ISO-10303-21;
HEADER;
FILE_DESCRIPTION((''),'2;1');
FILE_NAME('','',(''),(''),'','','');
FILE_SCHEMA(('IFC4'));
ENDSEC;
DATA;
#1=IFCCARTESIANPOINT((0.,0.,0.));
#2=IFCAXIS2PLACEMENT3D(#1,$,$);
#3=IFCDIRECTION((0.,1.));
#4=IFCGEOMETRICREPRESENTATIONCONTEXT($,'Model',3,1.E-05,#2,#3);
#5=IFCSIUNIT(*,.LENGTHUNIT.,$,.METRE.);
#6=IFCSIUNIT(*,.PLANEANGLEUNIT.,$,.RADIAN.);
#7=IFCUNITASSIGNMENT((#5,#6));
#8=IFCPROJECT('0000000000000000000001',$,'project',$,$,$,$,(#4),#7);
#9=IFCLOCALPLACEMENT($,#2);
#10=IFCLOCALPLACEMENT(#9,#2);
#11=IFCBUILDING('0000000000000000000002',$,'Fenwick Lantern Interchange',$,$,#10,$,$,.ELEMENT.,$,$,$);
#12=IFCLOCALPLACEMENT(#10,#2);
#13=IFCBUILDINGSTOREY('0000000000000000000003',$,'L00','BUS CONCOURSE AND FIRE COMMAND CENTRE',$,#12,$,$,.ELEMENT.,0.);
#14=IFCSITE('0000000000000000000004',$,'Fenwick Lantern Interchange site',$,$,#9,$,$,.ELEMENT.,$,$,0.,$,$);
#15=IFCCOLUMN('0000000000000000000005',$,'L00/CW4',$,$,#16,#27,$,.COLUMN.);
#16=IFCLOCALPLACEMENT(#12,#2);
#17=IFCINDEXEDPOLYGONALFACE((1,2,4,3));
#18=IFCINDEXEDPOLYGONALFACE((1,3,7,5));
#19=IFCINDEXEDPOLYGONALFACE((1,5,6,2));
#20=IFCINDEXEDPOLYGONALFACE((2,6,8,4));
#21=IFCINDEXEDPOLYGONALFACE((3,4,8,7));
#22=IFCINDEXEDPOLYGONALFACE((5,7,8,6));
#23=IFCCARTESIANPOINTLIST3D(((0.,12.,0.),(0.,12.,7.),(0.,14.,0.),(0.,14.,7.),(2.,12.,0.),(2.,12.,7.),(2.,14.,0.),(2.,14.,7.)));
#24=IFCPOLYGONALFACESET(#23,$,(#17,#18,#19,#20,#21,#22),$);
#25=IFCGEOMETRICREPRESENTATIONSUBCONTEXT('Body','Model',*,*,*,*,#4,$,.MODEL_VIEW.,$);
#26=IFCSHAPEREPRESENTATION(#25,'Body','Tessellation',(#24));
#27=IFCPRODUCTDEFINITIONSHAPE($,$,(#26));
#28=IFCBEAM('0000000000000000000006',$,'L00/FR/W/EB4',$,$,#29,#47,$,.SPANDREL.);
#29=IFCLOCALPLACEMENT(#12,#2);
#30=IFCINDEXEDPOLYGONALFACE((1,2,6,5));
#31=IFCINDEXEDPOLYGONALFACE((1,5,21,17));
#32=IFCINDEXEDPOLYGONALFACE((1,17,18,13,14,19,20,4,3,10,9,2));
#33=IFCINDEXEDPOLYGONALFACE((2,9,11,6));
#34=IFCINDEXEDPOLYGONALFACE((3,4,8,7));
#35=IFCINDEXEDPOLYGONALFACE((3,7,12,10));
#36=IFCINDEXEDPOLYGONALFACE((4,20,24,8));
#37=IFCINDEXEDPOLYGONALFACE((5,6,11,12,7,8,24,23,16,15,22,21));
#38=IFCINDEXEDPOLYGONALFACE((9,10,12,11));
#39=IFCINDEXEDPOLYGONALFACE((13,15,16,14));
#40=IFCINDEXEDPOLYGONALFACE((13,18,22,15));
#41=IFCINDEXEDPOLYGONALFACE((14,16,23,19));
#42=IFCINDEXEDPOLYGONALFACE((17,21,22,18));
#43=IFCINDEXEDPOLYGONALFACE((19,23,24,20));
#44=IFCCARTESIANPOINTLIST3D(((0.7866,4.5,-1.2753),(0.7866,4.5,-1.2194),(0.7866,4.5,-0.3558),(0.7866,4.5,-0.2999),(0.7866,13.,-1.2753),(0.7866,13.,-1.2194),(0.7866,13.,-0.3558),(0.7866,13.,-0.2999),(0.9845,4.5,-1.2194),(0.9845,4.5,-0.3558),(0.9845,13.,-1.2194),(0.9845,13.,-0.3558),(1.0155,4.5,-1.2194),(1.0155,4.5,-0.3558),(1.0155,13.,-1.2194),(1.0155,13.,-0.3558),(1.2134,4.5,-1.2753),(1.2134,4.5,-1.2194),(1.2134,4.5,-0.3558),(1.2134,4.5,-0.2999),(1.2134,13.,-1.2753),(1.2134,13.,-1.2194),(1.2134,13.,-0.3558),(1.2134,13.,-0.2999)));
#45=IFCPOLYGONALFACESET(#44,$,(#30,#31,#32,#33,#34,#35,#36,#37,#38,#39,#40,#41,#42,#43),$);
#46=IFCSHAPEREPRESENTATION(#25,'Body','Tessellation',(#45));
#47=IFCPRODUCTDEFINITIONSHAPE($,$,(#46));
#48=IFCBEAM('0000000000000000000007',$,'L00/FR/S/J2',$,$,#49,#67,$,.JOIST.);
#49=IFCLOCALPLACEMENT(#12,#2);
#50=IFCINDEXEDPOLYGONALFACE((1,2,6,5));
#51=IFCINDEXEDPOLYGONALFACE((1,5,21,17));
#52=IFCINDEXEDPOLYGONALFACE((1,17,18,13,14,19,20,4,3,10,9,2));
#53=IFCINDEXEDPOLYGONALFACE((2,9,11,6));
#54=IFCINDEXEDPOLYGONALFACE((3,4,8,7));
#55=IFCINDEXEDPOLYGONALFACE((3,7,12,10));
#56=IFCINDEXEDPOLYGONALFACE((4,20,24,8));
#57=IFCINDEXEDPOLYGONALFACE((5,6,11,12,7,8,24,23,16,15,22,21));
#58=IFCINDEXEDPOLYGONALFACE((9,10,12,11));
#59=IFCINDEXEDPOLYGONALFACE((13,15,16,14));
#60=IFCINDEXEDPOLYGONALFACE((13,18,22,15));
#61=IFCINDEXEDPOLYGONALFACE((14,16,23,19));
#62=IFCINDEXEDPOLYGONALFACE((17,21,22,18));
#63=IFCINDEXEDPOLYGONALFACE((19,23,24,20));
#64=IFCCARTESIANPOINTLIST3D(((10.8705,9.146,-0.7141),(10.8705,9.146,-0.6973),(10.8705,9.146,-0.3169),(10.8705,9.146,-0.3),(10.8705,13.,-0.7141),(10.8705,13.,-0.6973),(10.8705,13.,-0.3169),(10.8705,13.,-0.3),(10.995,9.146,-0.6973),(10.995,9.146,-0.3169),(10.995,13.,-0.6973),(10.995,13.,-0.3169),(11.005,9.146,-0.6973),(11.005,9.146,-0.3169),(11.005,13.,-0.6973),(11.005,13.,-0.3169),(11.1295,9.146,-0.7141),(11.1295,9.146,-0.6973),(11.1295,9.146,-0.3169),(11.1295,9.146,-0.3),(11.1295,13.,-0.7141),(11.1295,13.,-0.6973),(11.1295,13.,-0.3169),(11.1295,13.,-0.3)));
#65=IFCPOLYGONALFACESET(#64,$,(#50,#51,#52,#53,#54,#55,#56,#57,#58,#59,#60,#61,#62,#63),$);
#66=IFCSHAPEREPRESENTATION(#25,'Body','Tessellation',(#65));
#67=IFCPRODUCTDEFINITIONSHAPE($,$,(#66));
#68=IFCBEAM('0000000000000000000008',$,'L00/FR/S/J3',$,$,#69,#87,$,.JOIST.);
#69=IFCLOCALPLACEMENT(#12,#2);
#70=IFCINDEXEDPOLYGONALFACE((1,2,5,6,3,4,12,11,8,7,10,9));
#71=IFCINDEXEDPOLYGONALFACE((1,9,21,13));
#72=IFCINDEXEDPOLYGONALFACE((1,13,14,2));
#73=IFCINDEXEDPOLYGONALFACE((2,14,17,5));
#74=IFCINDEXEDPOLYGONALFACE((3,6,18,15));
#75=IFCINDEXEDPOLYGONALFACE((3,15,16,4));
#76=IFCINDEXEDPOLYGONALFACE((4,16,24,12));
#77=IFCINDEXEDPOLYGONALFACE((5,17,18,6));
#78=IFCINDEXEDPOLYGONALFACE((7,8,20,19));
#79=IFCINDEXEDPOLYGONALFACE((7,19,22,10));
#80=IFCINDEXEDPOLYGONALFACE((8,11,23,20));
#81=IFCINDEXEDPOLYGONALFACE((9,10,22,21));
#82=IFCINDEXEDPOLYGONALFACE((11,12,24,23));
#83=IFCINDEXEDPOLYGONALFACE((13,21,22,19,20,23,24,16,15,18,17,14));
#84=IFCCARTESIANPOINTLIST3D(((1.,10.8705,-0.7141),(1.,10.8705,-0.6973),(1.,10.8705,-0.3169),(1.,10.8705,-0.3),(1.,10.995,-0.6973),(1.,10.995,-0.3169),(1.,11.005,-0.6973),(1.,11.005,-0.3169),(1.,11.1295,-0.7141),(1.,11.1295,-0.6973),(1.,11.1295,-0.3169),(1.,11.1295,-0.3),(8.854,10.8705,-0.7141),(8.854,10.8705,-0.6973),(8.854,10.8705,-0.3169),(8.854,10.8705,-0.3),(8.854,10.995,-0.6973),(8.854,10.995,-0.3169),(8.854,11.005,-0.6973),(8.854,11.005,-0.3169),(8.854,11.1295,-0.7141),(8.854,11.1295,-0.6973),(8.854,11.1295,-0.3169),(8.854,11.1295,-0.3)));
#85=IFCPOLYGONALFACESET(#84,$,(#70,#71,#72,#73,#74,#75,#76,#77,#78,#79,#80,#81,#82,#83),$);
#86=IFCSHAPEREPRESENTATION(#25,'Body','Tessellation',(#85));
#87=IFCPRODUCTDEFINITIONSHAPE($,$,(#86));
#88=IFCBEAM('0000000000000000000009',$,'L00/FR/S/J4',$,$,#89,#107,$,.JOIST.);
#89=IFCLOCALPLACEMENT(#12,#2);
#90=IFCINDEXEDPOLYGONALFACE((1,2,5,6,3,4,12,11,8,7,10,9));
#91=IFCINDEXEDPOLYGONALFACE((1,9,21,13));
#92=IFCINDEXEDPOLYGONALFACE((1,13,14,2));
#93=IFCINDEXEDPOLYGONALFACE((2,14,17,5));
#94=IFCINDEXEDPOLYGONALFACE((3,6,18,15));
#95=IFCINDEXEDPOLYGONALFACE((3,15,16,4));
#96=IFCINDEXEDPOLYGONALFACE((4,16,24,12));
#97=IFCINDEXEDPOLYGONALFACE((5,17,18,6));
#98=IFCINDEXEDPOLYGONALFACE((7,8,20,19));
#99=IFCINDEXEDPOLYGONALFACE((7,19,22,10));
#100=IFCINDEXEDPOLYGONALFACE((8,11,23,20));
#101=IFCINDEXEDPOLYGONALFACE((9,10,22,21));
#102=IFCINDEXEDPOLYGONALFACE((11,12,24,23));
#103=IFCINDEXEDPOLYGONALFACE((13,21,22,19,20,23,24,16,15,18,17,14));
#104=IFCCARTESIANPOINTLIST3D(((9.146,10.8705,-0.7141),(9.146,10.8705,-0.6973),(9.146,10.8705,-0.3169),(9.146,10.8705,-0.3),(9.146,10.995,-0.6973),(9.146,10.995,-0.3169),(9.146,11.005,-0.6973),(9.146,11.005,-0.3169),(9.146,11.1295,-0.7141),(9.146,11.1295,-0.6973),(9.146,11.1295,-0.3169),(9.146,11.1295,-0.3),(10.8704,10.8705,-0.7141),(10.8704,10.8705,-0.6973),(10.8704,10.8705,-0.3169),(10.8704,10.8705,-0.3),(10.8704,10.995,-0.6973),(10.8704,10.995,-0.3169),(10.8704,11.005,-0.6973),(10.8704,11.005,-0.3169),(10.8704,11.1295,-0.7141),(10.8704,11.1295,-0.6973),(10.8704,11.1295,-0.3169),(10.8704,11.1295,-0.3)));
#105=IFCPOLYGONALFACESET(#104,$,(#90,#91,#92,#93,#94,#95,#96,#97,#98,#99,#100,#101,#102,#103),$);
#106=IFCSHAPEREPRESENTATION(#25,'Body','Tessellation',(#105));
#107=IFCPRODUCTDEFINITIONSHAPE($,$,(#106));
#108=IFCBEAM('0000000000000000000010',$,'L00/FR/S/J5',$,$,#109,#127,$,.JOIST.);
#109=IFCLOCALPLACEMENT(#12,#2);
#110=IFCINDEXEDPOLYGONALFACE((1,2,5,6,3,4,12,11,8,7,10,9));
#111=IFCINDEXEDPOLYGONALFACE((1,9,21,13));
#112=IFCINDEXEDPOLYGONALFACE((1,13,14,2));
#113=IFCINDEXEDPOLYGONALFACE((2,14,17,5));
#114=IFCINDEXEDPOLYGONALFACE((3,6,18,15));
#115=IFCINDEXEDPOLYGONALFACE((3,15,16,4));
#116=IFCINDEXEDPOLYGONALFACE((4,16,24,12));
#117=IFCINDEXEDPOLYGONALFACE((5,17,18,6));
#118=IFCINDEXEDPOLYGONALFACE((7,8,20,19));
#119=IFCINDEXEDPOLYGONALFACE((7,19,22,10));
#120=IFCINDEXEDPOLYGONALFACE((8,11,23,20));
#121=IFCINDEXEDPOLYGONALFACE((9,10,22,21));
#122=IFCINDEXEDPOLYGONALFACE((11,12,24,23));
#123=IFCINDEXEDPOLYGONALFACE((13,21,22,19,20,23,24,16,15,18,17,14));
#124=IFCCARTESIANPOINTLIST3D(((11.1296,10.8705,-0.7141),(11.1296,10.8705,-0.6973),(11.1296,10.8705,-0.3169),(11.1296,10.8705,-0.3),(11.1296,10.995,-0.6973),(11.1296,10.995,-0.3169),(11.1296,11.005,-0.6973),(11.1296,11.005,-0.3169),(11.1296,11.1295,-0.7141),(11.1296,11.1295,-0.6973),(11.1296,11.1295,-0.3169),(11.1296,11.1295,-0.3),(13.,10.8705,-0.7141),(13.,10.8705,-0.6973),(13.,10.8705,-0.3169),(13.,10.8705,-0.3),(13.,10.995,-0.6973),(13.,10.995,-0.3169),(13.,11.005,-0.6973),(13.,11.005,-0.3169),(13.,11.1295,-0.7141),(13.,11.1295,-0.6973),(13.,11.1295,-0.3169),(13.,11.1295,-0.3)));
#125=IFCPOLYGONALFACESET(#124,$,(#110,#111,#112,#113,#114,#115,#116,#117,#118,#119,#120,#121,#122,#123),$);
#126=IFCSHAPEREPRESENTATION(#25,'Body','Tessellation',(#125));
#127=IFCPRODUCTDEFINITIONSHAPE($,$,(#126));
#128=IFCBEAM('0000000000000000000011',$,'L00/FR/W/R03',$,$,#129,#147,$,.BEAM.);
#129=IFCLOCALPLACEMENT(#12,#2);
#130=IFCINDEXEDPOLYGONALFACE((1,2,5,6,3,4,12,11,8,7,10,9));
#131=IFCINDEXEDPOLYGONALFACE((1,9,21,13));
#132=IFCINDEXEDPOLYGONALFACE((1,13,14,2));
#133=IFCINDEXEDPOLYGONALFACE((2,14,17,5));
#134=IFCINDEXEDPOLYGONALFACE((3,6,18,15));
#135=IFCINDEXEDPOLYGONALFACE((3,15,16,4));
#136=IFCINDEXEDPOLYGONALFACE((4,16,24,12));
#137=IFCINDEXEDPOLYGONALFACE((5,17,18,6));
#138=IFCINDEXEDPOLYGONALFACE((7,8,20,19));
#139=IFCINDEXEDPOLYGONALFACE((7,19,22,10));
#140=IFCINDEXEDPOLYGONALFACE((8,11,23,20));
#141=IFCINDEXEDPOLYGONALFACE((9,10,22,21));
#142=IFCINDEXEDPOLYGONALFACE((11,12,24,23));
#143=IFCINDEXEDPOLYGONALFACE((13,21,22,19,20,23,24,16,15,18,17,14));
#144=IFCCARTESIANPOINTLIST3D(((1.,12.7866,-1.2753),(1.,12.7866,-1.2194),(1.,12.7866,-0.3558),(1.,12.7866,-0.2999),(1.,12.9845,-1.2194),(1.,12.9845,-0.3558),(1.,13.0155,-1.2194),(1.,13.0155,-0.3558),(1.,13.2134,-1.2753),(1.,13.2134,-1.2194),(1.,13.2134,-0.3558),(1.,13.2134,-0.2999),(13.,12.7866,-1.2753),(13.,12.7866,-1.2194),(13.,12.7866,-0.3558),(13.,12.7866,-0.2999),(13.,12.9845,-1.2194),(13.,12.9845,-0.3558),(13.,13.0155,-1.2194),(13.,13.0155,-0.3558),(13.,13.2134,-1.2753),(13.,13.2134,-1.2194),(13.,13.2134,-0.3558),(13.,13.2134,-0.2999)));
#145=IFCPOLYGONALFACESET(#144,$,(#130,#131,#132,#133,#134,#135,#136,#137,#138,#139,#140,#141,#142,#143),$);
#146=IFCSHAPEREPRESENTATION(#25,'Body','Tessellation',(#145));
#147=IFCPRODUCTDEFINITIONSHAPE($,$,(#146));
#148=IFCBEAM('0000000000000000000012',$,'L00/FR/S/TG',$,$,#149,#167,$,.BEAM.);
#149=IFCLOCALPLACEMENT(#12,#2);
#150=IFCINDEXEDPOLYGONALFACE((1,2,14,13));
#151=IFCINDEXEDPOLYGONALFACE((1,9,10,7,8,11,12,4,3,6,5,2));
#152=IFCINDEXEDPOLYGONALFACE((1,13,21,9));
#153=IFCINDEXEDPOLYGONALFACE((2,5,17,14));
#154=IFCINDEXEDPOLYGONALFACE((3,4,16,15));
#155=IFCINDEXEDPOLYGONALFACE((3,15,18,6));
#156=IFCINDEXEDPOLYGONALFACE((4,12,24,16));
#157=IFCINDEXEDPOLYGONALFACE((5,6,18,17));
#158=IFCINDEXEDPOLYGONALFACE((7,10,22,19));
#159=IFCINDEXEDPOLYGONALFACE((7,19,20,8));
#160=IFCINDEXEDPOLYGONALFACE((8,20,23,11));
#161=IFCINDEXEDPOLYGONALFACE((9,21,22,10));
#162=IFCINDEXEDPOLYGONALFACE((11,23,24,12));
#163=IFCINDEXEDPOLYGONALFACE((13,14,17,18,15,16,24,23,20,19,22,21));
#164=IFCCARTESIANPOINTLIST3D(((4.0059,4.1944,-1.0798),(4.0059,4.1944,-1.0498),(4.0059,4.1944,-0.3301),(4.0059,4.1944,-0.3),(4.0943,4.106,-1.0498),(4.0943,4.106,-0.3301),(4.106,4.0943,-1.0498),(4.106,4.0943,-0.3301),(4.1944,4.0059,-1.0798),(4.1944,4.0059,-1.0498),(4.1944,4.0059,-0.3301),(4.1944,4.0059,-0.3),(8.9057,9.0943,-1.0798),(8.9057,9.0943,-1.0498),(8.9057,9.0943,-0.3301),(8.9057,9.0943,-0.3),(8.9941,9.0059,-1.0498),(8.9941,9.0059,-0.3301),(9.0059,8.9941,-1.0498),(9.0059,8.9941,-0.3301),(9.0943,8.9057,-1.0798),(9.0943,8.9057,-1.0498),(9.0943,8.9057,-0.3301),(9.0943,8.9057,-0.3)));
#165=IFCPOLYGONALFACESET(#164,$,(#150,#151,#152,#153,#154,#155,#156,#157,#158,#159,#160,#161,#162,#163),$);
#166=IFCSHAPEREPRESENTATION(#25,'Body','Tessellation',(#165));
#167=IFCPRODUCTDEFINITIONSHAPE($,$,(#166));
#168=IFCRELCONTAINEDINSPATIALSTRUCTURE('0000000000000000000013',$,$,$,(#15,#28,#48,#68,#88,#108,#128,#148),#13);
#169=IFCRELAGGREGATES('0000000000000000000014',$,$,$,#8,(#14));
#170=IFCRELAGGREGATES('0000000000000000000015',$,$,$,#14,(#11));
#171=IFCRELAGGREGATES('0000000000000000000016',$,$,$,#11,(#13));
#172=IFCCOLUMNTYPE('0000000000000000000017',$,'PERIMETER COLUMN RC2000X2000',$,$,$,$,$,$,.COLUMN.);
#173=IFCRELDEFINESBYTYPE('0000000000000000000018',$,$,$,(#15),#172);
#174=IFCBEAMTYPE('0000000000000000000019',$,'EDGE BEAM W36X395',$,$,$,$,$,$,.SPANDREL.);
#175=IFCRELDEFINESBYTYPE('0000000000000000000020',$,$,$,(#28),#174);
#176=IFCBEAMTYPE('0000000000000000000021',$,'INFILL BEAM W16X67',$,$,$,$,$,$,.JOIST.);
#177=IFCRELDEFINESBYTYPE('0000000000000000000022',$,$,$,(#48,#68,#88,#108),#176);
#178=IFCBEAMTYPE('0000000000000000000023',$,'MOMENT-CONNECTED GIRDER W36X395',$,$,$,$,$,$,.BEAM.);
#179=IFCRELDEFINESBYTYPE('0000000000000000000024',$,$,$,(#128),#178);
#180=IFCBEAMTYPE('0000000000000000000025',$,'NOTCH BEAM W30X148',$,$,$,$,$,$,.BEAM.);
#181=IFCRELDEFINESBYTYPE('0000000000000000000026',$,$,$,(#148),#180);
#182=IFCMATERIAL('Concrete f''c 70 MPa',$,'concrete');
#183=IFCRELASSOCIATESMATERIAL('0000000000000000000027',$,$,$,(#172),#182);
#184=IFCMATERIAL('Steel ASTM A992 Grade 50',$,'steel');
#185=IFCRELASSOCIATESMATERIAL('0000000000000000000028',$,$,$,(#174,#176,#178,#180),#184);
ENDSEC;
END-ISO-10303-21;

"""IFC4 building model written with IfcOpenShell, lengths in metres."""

from ifc_helpers import new_model, si_unit, direction, frame, origin, origin_2d, place, context, subcontext, project, spatial, rectangle, i_section, extrude, material, material_profile, profile_set, type_object, element, save


model = new_model("IFC4")

# Units and contexts
model_context = context("Model", 3, precision=1e-05, world=origin(), true_north=direction((0.0, 1.0)))
body_context = subcontext(model_context, "Body", "Model", "MODEL_VIEW")
ifc_project = project(units=[si_unit("LENGTHUNIT", "METRE"), si_unit("PLANEANGLEUNIT", "RADIAN")], contexts=[model_context])

# Site, building, storey
site_placement = place(None, origin())
site = spatial("IfcSite", under=ifc_project, at=site_placement, Name="Fenwick Lantern Interchange site", CompositionType="ELEMENT", RefElevation=0.0)
building_placement = place(site_placement, origin())
building = spatial("IfcBuilding", under=site, at=building_placement, Name="Fenwick Lantern Interchange", CompositionType="ELEMENT")
storey_placement = place(building_placement, origin())
storey = spatial("IfcBuildingStorey", under=building, at=storey_placement, Name="L00", Description="BUS CONCOURSE AND FIRE COMMAND CENTRE", CompositionType="ELEMENT", Elevation=0.0)

# Column
ifc_material_1 = material(Name="Concrete f'c 70 MPa", Category="concrete")
ifc_material_profile_1 = material_profile(ifc_material_1, rectangle(XDim=2.0, YDim=2.0, at=origin_2d()), Name="RC2000X2000")
ifc_profile_set_1 = profile_set([ifc_material_profile_1], Name="Concrete f'c 70 MPa")
column_type = type_object("IfcColumnType", Name="PERIMETER COLUMN RC2000X2000", PredefinedType="COLUMN", material=ifc_profile_set_1)
column_placement = place(storey_placement, frame((1.0, 13.0, 0.0), z_axis=(0.0, 0.0, 1.0), x_axis=(1.0, 0.0, 0.0)))
element("IfcColumn", 1, at=column_placement, inside=storey, type_object=column_type, Name="L00/CW4", PredefinedType="COLUMN", context=body_context, shape_type="SweptSolid", body=[
    extrude(rectangle(XDim=2.0, YDim=2.0, at=origin_2d()), origin(), (0.0, 0.0, 1.0), 7.0),
])

# Beams
ifc_material_2 = material(Name="Steel ASTM A992 Grade 50", Category="steel")
ifc_material_profile_2 = material_profile(ifc_material_2, i_section(OverallWidth=0.4268, OverallDepth=0.9753, WebThickness=0.031, FlangeThickness=0.0559, at=origin_2d()), Name="W36X395")
ifc_profile_set_2 = profile_set([ifc_material_profile_2], Name="Steel ASTM A992 Grade 50")
beam_type_1 = type_object("IfcBeamType", Name="EDGE BEAM W36X395", PredefinedType="SPANDREL", material=ifc_profile_set_2)
beam_1_placement = place(storey_placement, frame((1.0, 13.0, -0.7876), z_axis=(0.0, -1.0, 0.0), x_axis=(1.0, 0.0, 0.0)))
element("IfcBeam", 2, at=beam_1_placement, inside=storey, type_object=beam_type_1, Name="L00/FR/W/EB4", PredefinedType="SPANDREL", context=body_context, shape_type="SweptSolid", body=[
    extrude(i_section(OverallWidth=0.4268, OverallDepth=0.9753, WebThickness=0.031, FlangeThickness=0.0559, at=origin_2d()), origin(), (0.0, 0.0, 1.0), 8.5),
])
ifc_material_profile_3 = material_profile(ifc_material_2, i_section(OverallWidth=0.259, OverallDepth=0.4141, WebThickness=0.01, FlangeThickness=0.0168, at=origin_2d()), Name="W16X67")
ifc_profile_set_3 = profile_set([ifc_material_profile_3], Name="Steel ASTM A992 Grade 50")
beam_type_2 = type_object("IfcBeamType", Name="INFILL BEAM W16X67", PredefinedType="JOIST", material=ifc_profile_set_3)
beam_2_placement = place(storey_placement, frame((11.0, 9.146, -0.5071), z_axis=(0.0, 1.0, 0.0), x_axis=(-1.0, 0.0, 0.0)))
element("IfcBeam", 3, at=beam_2_placement, inside=storey, type_object=beam_type_2, Name="L00/FR/S/J2", PredefinedType="JOIST", context=body_context, shape_type="SweptSolid", body=[
    extrude(i_section(OverallWidth=0.259, OverallDepth=0.4141, WebThickness=0.01, FlangeThickness=0.0168, at=origin_2d()), origin(), (0.0, 0.0, 1.0), 3.854),
])
beam_3_placement = place(storey_placement, frame((1.0, 11.0, -0.5071), z_axis=(1.0, 0.0, 0.0), x_axis=(0.0, 1.0, 0.0)))
element("IfcBeam", 4, at=beam_3_placement, inside=storey, type_object=beam_type_2, Name="L00/FR/S/J3", PredefinedType="JOIST", context=body_context, shape_type="SweptSolid", body=[
    extrude(i_section(OverallWidth=0.259, OverallDepth=0.4141, WebThickness=0.01, FlangeThickness=0.0168, at=origin_2d()), origin(), (0.0, 0.0, 1.0), 7.854),
])
beam_4_placement = place(storey_placement, frame((9.146, 11.0, -0.5071), z_axis=(1.0, 0.0, 0.0), x_axis=(0.0, 1.0, 0.0)))
element("IfcBeam", 5, at=beam_4_placement, inside=storey, type_object=beam_type_2, Name="L00/FR/S/J4", PredefinedType="JOIST", context=body_context, shape_type="SweptSolid", body=[
    extrude(i_section(OverallWidth=0.259, OverallDepth=0.4141, WebThickness=0.01, FlangeThickness=0.0168, at=origin_2d()), origin(), (0.0, 0.0, 1.0), 1.7244),
])
beam_5_placement = place(storey_placement, frame((11.1296, 11.0, -0.5071), z_axis=(1.0, 0.0, 0.0), x_axis=(0.0, 1.0, 0.0)))
element("IfcBeam", 6, at=beam_5_placement, inside=storey, type_object=beam_type_2, Name="L00/FR/S/J5", PredefinedType="JOIST", context=body_context, shape_type="SweptSolid", body=[
    extrude(i_section(OverallWidth=0.259, OverallDepth=0.4141, WebThickness=0.01, FlangeThickness=0.0168, at=origin_2d()), origin(), (0.0, 0.0, 1.0), 1.8704),
])
ifc_material_profile_4 = material_profile(ifc_material_2, i_section(OverallWidth=0.4268, OverallDepth=0.9753, WebThickness=0.031, FlangeThickness=0.0559, at=origin_2d()), Name="W36X395")
ifc_profile_set_4 = profile_set([ifc_material_profile_4], Name="Steel ASTM A992 Grade 50")
beam_type_3 = type_object("IfcBeamType", Name="MOMENT-CONNECTED GIRDER W36X395", PredefinedType="BEAM", material=ifc_profile_set_4)
beam_6_placement = place(storey_placement, frame((1.0, 13.0, -0.7876), z_axis=(1.0, 0.0, 0.0), x_axis=(0.0, 1.0, 0.0)))
element("IfcBeam", 7, at=beam_6_placement, inside=storey, type_object=beam_type_3, Name="L00/FR/W/R03", PredefinedType="BEAM", context=body_context, shape_type="SweptSolid", body=[
    extrude(i_section(OverallWidth=0.4268, OverallDepth=0.9753, WebThickness=0.031, FlangeThickness=0.0559, at=origin_2d()), origin(), (0.0, 0.0, 1.0), 12.0),
])
ifc_material_profile_5 = material_profile(ifc_material_2, i_section(OverallWidth=0.2666, OverallDepth=0.7798, WebThickness=0.0166, FlangeThickness=0.03, at=origin_2d()), Name="W30X148")
ifc_profile_set_5 = profile_set([ifc_material_profile_5], Name="Steel ASTM A992 Grade 50")
beam_type_4 = type_object("IfcBeamType", Name="NOTCH BEAM W30X148", PredefinedType="BEAM", material=ifc_profile_set_5)
beam_7_placement = place(storey_placement, frame((9.0, 9.0, -0.6899), z_axis=(-0.707107, -0.707107, 0.0), x_axis=(0.707107, -0.707107, 0.0)))
element("IfcBeam", 8, at=beam_7_placement, inside=storey, type_object=beam_type_4, Name="L00/FR/S/TG", PredefinedType="BEAM", context=body_context, shape_type="SweptSolid", body=[
    extrude(i_section(OverallWidth=0.2666, OverallDepth=0.7798, WebThickness=0.0166, FlangeThickness=0.03, at=origin_2d()), origin(), (0.0, 0.0, 1.0), 6.9294),
])

save(model, "model.ifc")
